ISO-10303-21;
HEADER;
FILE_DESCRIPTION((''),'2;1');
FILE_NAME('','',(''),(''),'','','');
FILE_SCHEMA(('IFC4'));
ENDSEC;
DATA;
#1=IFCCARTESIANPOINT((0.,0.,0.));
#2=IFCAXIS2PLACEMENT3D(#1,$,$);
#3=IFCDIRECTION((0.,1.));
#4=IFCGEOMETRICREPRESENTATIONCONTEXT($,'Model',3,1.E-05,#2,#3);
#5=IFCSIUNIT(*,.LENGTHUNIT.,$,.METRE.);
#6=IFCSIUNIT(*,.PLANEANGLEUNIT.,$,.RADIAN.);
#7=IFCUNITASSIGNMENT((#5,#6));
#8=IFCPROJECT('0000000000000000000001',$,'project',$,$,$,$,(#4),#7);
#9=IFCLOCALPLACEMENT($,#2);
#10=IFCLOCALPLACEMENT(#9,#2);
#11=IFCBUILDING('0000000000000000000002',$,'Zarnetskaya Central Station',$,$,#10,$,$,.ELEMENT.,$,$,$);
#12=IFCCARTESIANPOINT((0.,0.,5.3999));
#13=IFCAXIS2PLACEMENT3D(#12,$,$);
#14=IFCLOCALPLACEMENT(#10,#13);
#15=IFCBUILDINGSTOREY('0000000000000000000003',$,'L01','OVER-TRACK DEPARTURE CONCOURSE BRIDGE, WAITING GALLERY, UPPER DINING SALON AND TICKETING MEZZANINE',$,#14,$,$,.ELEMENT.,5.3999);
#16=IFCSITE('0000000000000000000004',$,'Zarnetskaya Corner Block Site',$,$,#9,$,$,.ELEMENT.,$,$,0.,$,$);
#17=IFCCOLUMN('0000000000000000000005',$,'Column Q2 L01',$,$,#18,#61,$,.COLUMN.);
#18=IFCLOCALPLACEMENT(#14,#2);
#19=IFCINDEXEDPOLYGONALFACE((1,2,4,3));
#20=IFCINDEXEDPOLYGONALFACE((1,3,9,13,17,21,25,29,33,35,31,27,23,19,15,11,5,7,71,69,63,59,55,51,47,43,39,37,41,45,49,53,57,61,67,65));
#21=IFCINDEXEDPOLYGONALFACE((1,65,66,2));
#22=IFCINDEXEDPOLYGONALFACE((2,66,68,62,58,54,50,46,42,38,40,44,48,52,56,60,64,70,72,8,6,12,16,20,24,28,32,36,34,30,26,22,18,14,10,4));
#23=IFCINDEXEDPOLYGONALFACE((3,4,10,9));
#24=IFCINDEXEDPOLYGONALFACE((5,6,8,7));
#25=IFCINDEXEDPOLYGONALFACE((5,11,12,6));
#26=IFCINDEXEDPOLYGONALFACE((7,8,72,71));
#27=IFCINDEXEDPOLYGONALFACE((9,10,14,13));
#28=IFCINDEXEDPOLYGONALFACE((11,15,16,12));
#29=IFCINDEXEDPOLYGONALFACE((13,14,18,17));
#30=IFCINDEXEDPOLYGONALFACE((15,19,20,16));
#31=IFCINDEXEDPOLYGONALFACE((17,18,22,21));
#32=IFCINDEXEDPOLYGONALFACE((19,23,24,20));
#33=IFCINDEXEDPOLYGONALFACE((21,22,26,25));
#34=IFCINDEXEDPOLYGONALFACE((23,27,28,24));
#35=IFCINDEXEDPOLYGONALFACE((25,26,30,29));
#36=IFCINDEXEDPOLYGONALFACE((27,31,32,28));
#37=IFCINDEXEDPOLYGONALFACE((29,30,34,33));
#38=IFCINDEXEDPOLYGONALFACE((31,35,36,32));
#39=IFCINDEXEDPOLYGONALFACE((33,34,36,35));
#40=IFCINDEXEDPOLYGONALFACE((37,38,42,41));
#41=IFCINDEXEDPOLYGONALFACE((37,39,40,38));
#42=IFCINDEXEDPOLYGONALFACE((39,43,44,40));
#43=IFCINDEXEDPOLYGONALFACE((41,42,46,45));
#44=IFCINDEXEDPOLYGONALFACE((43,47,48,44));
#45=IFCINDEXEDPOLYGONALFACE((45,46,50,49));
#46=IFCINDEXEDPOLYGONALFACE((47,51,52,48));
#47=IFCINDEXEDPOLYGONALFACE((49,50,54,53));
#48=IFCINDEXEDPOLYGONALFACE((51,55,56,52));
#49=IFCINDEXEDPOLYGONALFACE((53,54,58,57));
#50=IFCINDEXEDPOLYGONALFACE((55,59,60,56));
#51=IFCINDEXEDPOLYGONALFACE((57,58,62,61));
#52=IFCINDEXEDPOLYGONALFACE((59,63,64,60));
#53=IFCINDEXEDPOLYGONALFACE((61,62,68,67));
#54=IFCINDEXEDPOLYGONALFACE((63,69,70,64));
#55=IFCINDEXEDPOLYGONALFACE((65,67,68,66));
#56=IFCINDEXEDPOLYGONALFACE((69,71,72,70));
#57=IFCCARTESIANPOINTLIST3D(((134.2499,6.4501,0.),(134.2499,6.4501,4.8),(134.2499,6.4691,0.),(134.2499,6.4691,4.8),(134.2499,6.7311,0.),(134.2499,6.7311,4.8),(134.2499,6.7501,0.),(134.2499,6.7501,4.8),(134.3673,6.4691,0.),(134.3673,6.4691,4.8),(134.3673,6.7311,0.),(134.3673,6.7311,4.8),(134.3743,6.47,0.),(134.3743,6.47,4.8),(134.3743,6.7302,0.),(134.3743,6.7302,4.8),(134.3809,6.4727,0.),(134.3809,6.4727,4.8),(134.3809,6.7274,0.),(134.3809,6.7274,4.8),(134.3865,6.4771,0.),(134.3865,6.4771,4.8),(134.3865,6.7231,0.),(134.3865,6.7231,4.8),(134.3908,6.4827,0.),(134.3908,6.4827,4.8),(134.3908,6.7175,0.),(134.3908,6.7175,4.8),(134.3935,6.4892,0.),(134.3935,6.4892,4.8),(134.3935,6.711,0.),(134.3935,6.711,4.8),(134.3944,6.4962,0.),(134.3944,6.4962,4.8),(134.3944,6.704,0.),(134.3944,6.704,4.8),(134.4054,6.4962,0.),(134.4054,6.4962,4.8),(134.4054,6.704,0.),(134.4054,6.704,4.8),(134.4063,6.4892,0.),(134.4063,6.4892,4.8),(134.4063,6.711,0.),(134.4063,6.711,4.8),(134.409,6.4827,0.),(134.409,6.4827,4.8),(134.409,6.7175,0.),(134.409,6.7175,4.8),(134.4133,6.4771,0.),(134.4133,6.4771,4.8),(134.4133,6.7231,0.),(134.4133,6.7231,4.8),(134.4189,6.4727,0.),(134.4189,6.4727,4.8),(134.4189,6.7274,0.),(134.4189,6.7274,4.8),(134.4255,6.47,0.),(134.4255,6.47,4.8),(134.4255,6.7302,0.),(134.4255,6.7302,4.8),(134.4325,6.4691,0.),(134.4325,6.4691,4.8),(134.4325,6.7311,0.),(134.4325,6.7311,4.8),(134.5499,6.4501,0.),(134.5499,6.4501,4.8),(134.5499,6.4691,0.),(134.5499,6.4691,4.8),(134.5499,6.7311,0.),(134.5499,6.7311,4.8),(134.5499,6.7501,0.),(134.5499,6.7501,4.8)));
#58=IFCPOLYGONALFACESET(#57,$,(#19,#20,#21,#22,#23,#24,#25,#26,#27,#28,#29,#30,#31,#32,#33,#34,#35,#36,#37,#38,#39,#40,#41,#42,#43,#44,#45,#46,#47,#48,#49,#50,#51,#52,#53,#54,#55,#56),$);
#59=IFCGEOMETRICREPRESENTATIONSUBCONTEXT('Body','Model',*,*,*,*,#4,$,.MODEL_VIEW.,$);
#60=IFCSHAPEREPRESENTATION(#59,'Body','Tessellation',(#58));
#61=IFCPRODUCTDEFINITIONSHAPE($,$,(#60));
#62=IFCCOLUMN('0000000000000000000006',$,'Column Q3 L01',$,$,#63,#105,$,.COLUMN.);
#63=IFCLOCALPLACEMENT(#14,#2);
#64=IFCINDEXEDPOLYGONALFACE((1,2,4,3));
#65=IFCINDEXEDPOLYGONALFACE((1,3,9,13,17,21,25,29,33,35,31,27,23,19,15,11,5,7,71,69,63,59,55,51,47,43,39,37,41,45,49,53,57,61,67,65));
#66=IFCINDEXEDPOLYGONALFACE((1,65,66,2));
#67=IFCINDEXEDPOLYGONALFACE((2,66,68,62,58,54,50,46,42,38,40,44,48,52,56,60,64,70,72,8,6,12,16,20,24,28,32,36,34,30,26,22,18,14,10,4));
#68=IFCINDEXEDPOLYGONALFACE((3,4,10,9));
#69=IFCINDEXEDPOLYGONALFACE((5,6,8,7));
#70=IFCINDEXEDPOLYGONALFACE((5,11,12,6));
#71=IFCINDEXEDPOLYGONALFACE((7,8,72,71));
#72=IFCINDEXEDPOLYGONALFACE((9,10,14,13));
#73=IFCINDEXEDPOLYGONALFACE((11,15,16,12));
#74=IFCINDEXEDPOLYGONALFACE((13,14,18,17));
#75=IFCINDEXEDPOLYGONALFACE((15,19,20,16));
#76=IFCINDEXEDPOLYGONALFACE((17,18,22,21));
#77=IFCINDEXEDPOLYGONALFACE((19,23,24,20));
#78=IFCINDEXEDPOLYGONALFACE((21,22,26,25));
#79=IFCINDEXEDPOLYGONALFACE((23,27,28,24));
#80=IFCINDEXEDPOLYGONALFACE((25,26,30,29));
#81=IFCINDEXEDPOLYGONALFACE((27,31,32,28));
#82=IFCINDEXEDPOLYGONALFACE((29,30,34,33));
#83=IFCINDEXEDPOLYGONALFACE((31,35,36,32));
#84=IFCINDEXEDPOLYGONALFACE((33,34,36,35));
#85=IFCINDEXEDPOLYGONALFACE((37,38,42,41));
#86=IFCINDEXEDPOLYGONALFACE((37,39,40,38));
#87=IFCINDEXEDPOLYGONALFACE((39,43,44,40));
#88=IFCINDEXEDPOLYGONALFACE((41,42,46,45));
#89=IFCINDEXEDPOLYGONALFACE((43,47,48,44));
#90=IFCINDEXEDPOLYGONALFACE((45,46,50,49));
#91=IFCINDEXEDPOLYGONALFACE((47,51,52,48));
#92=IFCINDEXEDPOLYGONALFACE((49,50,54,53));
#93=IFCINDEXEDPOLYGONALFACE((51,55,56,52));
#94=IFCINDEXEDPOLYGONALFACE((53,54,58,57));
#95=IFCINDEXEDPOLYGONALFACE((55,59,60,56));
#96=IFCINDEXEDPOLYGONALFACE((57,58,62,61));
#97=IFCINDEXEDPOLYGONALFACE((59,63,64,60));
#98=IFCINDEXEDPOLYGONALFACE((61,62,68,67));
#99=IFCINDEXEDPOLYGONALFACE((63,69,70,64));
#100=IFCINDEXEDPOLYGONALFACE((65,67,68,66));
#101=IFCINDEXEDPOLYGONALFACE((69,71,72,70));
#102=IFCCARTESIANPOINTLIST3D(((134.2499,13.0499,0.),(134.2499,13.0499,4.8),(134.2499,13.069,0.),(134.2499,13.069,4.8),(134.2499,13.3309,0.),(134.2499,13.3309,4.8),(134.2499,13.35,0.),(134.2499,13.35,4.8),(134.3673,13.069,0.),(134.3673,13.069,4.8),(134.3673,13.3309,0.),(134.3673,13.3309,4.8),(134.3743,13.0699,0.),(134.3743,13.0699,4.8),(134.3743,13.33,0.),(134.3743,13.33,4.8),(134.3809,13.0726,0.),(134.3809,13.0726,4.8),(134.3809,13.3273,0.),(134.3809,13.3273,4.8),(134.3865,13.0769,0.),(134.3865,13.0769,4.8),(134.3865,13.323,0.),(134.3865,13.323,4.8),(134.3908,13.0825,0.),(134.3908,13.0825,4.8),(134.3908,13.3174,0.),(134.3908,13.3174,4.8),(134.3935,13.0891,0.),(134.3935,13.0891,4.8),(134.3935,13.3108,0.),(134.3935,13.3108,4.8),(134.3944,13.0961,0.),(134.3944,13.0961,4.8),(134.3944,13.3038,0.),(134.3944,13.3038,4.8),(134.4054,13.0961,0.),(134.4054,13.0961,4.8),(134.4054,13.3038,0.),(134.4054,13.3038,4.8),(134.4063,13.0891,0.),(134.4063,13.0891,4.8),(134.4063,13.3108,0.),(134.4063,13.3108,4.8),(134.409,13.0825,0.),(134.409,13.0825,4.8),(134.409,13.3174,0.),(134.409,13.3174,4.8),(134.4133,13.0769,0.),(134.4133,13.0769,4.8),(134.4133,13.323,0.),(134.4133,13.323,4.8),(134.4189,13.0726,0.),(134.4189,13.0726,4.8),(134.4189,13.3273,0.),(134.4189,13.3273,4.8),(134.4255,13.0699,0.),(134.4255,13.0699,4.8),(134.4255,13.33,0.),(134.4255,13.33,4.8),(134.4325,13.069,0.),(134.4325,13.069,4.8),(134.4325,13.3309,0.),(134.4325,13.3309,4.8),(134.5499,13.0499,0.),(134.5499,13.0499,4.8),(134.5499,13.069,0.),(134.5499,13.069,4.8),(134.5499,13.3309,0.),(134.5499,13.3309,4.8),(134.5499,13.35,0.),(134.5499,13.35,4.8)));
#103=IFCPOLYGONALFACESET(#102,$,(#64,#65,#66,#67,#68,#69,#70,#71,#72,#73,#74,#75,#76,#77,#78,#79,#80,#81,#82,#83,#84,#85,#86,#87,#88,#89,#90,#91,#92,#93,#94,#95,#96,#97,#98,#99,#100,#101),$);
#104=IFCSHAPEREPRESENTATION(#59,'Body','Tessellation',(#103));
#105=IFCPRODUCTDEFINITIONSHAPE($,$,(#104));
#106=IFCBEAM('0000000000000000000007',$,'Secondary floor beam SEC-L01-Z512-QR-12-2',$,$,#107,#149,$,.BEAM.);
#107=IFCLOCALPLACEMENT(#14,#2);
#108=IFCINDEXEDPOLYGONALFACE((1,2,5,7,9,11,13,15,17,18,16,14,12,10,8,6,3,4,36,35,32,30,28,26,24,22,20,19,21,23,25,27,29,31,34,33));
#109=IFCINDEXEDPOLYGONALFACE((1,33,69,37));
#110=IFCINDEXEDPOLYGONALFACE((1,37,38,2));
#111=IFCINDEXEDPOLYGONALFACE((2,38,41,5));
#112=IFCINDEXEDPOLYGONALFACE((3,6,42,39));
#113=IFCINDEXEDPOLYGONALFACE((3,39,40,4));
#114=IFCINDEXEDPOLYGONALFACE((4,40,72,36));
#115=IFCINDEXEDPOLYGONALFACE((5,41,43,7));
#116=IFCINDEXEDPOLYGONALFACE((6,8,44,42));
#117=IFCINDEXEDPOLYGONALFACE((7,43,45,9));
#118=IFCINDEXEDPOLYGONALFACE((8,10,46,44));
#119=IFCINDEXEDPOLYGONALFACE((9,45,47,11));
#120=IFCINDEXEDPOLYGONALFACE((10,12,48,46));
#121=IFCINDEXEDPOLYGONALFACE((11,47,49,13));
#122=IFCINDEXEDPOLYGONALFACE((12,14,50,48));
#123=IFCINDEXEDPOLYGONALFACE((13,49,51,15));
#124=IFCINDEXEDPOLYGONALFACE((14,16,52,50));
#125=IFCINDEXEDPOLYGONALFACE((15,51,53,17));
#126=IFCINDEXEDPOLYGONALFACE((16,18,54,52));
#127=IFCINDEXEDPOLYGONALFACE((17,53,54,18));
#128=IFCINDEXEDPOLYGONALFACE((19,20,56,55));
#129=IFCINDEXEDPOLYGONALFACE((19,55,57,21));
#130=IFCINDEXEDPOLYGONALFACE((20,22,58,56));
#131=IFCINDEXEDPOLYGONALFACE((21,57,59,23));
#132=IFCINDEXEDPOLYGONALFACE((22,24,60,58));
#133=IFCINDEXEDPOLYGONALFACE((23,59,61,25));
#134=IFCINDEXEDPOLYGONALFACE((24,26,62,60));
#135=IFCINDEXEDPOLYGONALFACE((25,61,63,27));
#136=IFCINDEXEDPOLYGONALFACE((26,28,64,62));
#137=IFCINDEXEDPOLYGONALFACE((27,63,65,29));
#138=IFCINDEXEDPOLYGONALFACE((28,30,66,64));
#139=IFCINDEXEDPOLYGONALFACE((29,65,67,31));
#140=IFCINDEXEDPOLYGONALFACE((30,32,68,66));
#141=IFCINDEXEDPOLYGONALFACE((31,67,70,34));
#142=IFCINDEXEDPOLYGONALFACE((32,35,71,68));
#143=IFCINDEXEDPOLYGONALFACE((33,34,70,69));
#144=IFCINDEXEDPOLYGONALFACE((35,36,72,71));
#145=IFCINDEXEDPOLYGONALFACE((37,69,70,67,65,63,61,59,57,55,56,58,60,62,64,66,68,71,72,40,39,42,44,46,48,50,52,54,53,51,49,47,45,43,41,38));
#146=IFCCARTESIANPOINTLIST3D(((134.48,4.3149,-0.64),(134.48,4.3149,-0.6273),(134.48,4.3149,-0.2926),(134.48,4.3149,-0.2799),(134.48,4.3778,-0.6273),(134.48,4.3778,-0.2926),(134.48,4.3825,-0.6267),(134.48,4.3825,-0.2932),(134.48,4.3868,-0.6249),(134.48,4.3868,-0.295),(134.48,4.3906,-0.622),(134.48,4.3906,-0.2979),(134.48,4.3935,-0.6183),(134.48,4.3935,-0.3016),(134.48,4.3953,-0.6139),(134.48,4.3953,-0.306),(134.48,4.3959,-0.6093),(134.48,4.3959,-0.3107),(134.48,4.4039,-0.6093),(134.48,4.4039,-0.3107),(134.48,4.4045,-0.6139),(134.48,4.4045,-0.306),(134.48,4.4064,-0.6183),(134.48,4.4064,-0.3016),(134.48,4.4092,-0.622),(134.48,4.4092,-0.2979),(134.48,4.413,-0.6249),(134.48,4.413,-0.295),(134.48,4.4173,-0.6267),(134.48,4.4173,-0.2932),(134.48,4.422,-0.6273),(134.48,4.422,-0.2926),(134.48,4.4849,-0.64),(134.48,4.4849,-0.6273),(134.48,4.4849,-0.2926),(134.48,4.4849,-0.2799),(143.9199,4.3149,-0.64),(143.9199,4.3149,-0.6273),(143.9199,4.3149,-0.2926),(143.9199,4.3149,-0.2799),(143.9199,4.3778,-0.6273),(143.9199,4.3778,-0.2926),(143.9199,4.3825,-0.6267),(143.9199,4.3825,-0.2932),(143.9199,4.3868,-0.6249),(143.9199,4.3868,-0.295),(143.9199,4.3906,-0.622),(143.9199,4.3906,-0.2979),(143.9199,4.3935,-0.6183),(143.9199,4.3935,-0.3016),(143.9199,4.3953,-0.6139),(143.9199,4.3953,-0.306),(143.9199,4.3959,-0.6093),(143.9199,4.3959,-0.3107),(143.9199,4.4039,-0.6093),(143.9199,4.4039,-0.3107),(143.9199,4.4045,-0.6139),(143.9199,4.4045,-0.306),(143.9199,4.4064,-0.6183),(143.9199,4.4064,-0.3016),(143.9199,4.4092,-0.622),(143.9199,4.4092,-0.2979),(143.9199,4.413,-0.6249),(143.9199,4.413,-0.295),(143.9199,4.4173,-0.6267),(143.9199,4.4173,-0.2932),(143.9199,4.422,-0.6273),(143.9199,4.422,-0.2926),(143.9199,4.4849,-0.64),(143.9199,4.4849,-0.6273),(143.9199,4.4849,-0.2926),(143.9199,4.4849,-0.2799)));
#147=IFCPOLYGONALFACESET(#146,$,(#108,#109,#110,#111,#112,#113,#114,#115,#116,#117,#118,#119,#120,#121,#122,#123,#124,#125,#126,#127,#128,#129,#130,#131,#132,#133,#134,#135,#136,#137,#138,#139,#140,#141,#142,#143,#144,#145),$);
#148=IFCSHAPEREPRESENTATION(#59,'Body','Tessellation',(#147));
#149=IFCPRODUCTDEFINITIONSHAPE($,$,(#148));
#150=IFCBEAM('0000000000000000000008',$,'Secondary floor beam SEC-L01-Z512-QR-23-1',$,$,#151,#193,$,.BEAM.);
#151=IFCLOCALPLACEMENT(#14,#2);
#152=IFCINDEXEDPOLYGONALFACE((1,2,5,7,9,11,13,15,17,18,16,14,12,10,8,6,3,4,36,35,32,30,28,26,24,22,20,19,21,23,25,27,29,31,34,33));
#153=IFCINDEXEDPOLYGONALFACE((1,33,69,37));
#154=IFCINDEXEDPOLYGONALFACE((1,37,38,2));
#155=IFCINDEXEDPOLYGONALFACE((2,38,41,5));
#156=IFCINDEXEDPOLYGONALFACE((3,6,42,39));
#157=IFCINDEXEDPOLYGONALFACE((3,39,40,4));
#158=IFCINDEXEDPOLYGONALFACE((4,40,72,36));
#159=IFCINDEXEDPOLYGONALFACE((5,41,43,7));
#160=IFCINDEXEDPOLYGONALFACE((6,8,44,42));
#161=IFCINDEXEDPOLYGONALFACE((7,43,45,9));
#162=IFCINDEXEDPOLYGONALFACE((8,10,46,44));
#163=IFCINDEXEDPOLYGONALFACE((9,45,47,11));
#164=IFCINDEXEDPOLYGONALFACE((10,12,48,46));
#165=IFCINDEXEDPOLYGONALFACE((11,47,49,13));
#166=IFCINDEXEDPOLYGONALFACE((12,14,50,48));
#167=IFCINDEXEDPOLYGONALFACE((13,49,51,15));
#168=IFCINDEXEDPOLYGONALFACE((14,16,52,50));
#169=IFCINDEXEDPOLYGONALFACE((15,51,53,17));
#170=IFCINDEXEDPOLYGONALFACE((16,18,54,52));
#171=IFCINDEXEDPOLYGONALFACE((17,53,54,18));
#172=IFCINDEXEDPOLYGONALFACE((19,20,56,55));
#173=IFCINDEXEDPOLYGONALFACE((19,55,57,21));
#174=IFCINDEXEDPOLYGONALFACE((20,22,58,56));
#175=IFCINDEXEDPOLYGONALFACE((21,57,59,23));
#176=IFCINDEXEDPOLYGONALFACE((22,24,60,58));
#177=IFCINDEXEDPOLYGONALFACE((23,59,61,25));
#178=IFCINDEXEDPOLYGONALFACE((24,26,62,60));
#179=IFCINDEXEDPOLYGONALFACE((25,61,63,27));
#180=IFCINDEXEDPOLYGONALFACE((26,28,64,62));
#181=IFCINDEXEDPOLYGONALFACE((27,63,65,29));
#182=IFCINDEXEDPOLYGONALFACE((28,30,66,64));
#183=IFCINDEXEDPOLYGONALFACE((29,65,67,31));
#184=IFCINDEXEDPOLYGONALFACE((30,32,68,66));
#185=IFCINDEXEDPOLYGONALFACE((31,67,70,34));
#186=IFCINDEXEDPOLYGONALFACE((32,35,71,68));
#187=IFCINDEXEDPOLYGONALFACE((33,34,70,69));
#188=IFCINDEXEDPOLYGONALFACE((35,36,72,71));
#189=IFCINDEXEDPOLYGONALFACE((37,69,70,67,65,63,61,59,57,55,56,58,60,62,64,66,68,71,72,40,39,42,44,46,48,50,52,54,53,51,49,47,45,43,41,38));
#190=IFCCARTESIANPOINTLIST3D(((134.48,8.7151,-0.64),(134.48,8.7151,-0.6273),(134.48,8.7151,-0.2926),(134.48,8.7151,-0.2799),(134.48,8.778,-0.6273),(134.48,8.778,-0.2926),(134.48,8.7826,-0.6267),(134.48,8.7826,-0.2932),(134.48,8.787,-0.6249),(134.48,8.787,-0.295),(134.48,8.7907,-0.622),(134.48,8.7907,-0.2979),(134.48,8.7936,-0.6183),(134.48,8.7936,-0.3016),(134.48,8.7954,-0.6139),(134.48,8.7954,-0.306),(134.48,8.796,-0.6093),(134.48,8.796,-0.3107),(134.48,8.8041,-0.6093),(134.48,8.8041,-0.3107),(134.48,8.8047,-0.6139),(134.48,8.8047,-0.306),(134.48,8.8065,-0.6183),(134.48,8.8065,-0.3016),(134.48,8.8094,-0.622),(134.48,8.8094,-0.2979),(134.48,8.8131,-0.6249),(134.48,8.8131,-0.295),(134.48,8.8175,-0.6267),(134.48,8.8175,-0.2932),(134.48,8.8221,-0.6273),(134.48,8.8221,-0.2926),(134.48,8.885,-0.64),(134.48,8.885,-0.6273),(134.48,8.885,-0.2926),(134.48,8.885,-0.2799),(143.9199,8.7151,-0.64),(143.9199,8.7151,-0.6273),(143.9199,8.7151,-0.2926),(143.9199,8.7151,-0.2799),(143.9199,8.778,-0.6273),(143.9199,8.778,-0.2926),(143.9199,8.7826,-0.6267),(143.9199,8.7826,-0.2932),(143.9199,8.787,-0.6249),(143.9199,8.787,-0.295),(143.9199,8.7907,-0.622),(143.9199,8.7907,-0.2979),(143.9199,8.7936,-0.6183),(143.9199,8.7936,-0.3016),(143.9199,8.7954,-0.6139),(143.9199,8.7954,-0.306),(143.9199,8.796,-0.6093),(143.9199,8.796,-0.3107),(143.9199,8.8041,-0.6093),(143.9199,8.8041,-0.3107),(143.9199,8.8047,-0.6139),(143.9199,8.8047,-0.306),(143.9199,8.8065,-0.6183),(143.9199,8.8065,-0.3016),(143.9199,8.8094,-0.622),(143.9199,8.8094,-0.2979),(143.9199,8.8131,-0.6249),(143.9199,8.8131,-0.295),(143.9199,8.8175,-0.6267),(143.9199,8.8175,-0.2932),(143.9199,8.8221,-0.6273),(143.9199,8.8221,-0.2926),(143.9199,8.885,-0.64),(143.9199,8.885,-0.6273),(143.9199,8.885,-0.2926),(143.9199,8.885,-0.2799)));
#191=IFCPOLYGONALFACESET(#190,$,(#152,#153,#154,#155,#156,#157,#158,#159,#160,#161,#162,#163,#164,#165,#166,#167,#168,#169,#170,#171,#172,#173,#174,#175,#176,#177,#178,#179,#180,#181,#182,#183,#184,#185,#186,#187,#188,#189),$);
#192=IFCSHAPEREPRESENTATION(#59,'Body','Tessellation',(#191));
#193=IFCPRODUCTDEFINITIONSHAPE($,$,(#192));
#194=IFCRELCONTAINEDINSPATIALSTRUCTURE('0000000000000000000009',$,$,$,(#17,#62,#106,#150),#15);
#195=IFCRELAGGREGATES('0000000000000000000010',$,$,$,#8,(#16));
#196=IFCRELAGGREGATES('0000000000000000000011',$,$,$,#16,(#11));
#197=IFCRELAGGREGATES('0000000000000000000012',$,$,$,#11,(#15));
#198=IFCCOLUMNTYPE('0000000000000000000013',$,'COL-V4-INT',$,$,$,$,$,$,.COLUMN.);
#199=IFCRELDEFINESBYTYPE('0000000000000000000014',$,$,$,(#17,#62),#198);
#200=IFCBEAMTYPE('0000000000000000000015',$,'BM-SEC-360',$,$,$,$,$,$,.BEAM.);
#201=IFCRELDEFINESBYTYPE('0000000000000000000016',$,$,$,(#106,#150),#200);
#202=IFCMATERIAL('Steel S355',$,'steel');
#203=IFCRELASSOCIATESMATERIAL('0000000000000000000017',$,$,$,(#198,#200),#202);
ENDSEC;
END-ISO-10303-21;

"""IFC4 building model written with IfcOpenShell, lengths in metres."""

from ifc_helpers import new_model, si_unit, direction, frame, origin, origin_2d, place, context, subcontext, project, spatial, i_section, extrude, material, material_profile, profile_set, type_object, element, save


model = new_model("IFC4")

# Units and contexts
model_context = context("Model", 3, precision=1e-05, world=origin(), true_north=direction((0.0, 1.0)))
body_context = subcontext(model_context, "Body", "Model", "MODEL_VIEW")
ifc_project = project(units=[si_unit("LENGTHUNIT", "METRE"), si_unit("PLANEANGLEUNIT", "RADIAN")], contexts=[model_context])

# Site, building, storey
site_placement = place(None, origin())
site = spatial("IfcSite", under=ifc_project, at=site_placement, Name="Zarnetskaya Corner Block Site", CompositionType="ELEMENT", RefElevation=0.0)
building_placement = place(site_placement, origin())
building = spatial("IfcBuilding", under=site, at=building_placement, Name="Zarnetskaya Central Station", CompositionType="ELEMENT")
storey_placement = place(building_placement, frame((0.0, 0.0, 5.3999)))
storey = spatial("IfcBuildingStorey", under=building, at=storey_placement, Name="L01", Description="OVER-TRACK DEPARTURE CONCOURSE BRIDGE, WAITING GALLERY, UPPER DINING SALON AND TICKETING MEZZANINE", CompositionType="ELEMENT", Elevation=5.3999)

# Columns
ifc_material_1 = material(Name="Steel S355", Category="steel")
ifc_material_profile_1 = material_profile(ifc_material_1, i_section(OverallWidth=0.3, OverallDepth=0.3, WebThickness=0.011, FlangeThickness=0.019, FilletRadius=0.0271, at=origin_2d()), Name="HEB 300")
ifc_profile_set_1 = profile_set([ifc_material_profile_1], Name="Steel S355")
column_type = type_object("IfcColumnType", Name="COL-V4-INT", PredefinedType="COLUMN", material=ifc_profile_set_1)
for number, where, z_axis, x_axis, name in (
    (1, (134.3999, 6.6001, 0.0), (0.0, 0.0, 1.0), (1.0, 0.0, 0.0), "Column Q2 L01"),
    (2, (134.3999, 13.2, 0.0), (0.0, 0.0, 1.0), (1.0, 0.0, 0.0), "Column Q3 L01"),
):
    element("IfcColumn", number, at=place(storey_placement, frame(where, z_axis=z_axis, x_axis=x_axis)), inside=storey, type_object=column_type, Name=name, PredefinedType="COLUMN", context=body_context, shape_type="SweptSolid", body=[
        extrude(i_section(OverallWidth=0.3, OverallDepth=0.3, WebThickness=0.011, FlangeThickness=0.019, FilletRadius=0.0271, at=origin_2d()), origin(), (0.0, 0.0, 1.0), 4.8),
    ])

# Beams
ifc_material_profile_2 = material_profile(ifc_material_1, i_section(OverallWidth=0.1699, OverallDepth=0.3601, WebThickness=0.0081, FlangeThickness=0.0127, FilletRadius=0.0181, at=origin_2d()), Name="IPE 360")
ifc_profile_set_2 = profile_set([ifc_material_profile_2], Name="Steel S355")
beam_type_1 = type_object("IfcBeamType", Name="BM-SEC-360", PredefinedType="BEAM", material=ifc_profile_set_2)
for number, where, z_axis, x_axis, name in (
    (3, (134.48, 4.3999, -0.46), (1.0, 0.0, 0.0), (0.0, 1.0, 0.0), "Secondary floor beam SEC-L01-Z512-QR-12-2"),
    (4, (134.48, 8.8, -0.46), (1.0, 0.0, 0.0), (0.0, 1.0, 0.0), "Secondary floor beam SEC-L01-Z512-QR-23-1"),
):
    element("IfcBeam", number, at=place(storey_placement, frame(where, z_axis=z_axis, x_axis=x_axis)), inside=storey, type_object=beam_type_1, Name=name, PredefinedType="BEAM", context=body_context, shape_type="SweptSolid", body=[
        extrude(i_section(OverallWidth=0.1699, OverallDepth=0.3601, WebThickness=0.0081, FlangeThickness=0.0127, FilletRadius=0.0181, at=origin_2d()), origin(), (0.0, 0.0, 1.0), 9.4399),
    ])

save(model, "model.ifc")
